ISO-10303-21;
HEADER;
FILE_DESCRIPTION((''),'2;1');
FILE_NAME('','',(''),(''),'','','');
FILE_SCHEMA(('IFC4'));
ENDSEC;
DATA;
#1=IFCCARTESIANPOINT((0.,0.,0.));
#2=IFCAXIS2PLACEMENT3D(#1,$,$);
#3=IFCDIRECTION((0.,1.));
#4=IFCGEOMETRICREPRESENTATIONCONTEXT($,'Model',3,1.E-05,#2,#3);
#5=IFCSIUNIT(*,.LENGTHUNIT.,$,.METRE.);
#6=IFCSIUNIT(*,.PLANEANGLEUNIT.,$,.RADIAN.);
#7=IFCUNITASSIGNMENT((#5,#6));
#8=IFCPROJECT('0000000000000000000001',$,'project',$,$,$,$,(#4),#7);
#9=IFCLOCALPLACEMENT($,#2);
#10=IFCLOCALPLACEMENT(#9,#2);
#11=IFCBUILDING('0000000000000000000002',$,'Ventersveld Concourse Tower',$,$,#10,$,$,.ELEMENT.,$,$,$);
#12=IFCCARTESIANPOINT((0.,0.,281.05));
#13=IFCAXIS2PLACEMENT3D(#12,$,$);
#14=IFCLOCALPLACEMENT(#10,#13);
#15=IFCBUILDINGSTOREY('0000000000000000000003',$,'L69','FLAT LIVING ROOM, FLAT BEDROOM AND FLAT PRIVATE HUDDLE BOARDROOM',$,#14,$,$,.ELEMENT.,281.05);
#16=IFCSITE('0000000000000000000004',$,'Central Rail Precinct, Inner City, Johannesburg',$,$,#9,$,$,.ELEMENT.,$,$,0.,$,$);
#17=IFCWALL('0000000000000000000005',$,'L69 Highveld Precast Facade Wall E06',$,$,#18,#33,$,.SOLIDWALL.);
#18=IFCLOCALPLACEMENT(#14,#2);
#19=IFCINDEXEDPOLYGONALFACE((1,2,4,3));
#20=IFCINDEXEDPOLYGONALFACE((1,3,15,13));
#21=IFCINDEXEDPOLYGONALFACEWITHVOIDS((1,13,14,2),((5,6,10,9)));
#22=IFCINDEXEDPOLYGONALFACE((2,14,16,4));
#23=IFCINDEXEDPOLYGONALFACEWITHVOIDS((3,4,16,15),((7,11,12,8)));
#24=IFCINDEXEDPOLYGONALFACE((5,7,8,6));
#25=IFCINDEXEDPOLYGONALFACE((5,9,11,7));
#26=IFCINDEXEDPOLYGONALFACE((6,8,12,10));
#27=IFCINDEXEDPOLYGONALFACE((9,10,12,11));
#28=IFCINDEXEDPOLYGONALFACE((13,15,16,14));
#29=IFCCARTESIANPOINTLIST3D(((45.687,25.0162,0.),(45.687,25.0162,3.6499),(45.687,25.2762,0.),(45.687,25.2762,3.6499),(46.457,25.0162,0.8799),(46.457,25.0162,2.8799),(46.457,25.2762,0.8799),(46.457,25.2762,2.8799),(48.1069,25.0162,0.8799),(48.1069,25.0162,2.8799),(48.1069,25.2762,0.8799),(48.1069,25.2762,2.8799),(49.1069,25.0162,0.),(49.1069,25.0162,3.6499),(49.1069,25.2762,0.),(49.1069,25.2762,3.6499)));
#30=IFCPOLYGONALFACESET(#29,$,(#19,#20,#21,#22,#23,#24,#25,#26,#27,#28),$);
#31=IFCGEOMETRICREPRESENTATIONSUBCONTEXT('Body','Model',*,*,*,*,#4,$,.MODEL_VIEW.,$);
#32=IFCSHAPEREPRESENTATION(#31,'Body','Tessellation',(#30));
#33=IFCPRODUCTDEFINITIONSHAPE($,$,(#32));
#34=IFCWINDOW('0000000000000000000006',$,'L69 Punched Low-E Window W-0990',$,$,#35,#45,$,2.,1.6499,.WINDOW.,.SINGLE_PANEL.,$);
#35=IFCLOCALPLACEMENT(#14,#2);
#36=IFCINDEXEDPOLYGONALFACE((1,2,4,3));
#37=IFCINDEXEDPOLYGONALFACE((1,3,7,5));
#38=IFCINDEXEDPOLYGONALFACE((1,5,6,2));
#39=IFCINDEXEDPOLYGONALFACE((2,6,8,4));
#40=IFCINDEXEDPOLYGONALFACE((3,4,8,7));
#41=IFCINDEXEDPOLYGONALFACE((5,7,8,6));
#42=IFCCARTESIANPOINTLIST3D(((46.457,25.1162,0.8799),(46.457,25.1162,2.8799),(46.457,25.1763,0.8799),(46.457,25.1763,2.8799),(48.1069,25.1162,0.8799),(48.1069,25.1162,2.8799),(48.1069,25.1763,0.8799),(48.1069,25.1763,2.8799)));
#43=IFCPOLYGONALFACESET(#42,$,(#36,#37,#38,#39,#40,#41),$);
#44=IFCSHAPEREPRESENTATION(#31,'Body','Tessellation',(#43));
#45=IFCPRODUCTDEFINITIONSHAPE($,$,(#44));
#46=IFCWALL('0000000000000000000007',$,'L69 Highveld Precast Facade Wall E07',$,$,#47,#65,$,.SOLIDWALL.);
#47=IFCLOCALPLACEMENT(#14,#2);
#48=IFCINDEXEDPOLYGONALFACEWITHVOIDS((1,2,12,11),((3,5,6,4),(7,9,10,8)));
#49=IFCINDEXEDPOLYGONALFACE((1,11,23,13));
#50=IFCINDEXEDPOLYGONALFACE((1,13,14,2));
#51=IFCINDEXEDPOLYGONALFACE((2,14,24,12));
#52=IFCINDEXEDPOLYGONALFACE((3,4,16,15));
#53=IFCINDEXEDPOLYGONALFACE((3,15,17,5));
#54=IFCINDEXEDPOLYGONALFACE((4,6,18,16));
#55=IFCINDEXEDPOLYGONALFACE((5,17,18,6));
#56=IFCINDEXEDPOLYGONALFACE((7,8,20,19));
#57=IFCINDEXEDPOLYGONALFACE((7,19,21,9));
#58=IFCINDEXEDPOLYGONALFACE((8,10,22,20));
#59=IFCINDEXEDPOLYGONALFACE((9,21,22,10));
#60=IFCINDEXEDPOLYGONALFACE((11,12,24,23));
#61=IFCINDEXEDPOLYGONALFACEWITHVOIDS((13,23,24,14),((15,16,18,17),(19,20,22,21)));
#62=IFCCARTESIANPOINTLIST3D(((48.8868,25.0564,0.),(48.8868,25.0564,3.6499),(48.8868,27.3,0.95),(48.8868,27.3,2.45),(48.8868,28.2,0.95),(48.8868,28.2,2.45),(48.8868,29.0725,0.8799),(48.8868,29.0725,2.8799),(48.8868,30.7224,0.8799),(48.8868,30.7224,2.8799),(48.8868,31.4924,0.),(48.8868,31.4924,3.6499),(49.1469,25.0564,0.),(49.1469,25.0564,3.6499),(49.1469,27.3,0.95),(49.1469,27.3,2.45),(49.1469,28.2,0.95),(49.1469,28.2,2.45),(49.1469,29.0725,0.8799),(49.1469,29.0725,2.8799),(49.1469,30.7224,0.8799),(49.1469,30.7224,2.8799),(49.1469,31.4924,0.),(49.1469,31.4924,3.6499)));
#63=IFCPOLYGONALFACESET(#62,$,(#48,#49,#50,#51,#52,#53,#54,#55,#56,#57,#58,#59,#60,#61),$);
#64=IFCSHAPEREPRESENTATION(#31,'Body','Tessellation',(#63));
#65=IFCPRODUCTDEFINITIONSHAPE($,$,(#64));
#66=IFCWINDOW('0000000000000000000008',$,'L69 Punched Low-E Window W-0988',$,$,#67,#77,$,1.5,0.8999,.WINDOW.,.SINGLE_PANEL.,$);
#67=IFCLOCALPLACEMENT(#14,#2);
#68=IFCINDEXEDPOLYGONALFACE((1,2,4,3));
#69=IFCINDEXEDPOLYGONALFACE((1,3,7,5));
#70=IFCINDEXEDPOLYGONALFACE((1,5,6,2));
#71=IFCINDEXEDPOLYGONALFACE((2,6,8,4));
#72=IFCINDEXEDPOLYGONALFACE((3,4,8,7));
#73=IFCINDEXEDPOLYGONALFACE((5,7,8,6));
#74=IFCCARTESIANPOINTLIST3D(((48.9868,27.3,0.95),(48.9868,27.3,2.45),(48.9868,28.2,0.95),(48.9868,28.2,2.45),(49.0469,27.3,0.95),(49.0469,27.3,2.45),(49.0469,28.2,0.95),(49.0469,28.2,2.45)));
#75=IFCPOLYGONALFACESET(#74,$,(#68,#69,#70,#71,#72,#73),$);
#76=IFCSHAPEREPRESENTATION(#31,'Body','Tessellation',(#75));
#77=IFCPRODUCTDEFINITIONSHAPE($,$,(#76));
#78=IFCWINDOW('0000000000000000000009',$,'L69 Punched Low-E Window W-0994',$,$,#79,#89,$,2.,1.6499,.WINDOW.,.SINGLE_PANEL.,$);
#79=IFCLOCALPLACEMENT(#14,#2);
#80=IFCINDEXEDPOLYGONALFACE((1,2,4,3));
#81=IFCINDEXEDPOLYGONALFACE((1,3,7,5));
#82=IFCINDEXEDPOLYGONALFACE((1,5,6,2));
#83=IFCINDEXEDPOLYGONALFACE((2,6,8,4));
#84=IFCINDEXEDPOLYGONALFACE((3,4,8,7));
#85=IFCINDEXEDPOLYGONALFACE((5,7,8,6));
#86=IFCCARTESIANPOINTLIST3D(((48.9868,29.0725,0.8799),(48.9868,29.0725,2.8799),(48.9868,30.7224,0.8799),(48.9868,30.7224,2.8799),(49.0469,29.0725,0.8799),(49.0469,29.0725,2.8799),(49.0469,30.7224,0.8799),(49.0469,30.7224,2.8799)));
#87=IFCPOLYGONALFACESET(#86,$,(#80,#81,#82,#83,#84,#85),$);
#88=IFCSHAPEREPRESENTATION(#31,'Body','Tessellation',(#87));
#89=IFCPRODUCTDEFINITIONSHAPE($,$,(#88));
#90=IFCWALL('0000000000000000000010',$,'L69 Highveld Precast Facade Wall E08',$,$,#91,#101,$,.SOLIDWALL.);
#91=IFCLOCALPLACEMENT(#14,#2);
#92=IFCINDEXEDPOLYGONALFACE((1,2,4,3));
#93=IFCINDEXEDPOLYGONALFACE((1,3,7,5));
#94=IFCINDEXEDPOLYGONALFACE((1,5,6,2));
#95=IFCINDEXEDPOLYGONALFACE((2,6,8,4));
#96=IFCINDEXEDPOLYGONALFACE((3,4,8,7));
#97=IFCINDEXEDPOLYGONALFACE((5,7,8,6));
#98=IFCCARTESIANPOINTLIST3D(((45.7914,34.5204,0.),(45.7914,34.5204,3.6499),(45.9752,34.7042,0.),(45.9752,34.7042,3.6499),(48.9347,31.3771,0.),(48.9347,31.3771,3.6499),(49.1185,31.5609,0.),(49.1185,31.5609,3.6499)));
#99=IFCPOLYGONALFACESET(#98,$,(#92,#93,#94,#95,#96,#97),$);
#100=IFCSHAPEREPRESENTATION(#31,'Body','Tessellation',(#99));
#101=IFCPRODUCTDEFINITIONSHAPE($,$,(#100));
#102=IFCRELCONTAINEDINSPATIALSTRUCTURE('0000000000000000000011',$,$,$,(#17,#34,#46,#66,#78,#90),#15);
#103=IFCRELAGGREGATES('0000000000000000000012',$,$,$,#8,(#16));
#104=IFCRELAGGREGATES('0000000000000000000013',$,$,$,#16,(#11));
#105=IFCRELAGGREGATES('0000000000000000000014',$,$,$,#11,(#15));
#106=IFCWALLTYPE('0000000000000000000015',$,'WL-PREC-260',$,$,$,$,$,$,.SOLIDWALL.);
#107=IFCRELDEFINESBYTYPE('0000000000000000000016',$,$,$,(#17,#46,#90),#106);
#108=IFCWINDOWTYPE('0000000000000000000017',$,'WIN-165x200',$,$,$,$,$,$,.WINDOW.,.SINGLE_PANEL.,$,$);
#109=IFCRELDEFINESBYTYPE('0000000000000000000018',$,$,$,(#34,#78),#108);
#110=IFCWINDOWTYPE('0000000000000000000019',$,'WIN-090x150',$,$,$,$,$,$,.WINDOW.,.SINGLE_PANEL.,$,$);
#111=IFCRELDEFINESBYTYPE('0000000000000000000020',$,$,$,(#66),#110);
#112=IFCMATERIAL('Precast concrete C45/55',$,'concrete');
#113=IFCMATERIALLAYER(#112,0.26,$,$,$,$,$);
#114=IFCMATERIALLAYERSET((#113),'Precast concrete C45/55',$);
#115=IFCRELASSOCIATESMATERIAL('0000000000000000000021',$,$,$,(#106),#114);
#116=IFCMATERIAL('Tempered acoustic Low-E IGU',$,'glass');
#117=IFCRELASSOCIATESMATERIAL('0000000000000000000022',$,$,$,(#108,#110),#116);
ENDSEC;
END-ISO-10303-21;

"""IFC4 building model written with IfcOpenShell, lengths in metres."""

from ifc_helpers import new_model, si_unit, direction, frame, frame_2d, origin, place, context, subcontext, project, spatial, rectangle, extrude, material, layer, layer_set, type_object, element, fill, save


model = new_model("IFC4")

# Units and contexts
model_context = context("Model", 3, precision=1e-05, world=origin(), true_north=direction((0.0, 1.0)))
body_context = subcontext(model_context, "Body", "Model", "MODEL_VIEW")
ifc_project = project(units=[si_unit("LENGTHUNIT", "METRE"), si_unit("PLANEANGLEUNIT", "RADIAN")], contexts=[model_context])

# Site, building, storey
site_placement = place(None, origin())
site = spatial("IfcSite", under=ifc_project, at=site_placement, Name="Central Rail Precinct, Inner City, Johannesburg", CompositionType="ELEMENT", RefElevation=0.0)
building_placement = place(site_placement, origin())
building = spatial("IfcBuilding", under=site, at=building_placement, Name="Ventersveld Concourse Tower", CompositionType="ELEMENT")
storey_placement = place(building_placement, frame((0.0, 0.0, 281.05)))
storey = spatial("IfcBuildingStorey", under=building, at=storey_placement, Name="L69", Description="FLAT LIVING ROOM, FLAT BEDROOM AND FLAT PRIVATE HUDDLE BOARDROOM", CompositionType="ELEMENT", Elevation=281.05)

# Wall, opening, window
ifc_material_1 = material(Name="Precast concrete C45/55", Category="concrete")
ifc_layer_1 = layer(ifc_material_1, 0.26)
ifc_layer_set_1 = layer_set([ifc_layer_1], Name="Precast concrete C45/55")
wall_type_1 = type_object("IfcWallType", Name="WL-PREC-260", PredefinedType="SOLIDWALL", material=ifc_layer_set_1)
wall_1_placement = place(storey_placement, frame((45.687, 25.1462, 0.0), z_axis=(0.0, 0.0, 1.0), x_axis=(1.0, 0.0, 0.0)))
wall_1 = element("IfcWall", 1, at=wall_1_placement, inside=storey, type_object=wall_type_1, Name="L69 Highveld Precast Facade Wall E06", PredefinedType="SOLIDWALL", context=body_context, shape_type="SweptSolid", body=[
    extrude(rectangle(XDim=3.4199, YDim=0.26, at=frame_2d((1.71, 0.0))), origin(), (0.0, 0.0, 1.0), 3.6499),
])
opening_1_placement = place(wall_1_placement, frame((0.77, 0.0, 0.8799)))
opening_1 = element("IfcOpeningElement", 2, at=opening_1_placement, cuts=wall_1, PredefinedType="OPENING", context=body_context, shape_type="SweptSolid", body=[
    extrude(rectangle(XDim=1.6499, YDim=2.0, at=frame_2d((0.825, 1.0))), frame((0.0, 0.1401, 0.0), z_axis=(0.0, -1.0, 0.0), x_axis=(1.0, 0.0, 0.0)), (0.0, 0.0, 1.0), 0.28),
])
ifc_material_2 = material(Name="Tempered acoustic Low-E IGU", Category="glass")
window_type_1 = type_object("IfcWindowType", Name="WIN-165x200", PartitioningType="SINGLE_PANEL", PredefinedType="WINDOW", material=ifc_material_2)
window_1_placement = place(opening_1_placement, origin())
window_1 = element("IfcWindow", 3, at=window_1_placement, inside=storey, type_object=window_type_1, Name="L69 Punched Low-E Window W-0990", OverallHeight=2.0, OverallWidth=1.6499, PartitioningType="SINGLE_PANEL", PredefinedType="WINDOW", context=body_context, shape_type="SweptSolid", body=[
    extrude(rectangle(XDim=1.6499, YDim=2.0, at=frame_2d((0.825, 1.0))), frame((0.0, 0.03, 0.0), z_axis=(0.0, -1.0, 0.0), x_axis=(1.0, 0.0, 0.0)), (0.0, 0.0, 1.0), 0.0601),
])
fill(opening_1, window_1)

# Wall, openings, windows
wall_2_placement = place(storey_placement, frame((49.0168, 25.0564, 0.0), z_axis=(0.0, 0.0, 1.0), x_axis=(0.0, 1.0, 0.0)))
wall_2 = element("IfcWall", 4, at=wall_2_placement, inside=storey, type_object=wall_type_1, Name="L69 Highveld Precast Facade Wall E07", PredefinedType="SOLIDWALL", context=body_context, shape_type="SweptSolid", body=[
    extrude(rectangle(XDim=6.436, YDim=0.26, at=frame_2d((3.218, 0.0))), origin(), (0.0, 0.0, 1.0), 3.6499),
])
opening_2_placement = place(wall_2_placement, frame((2.2437, 0.0, 0.95)))
opening_2 = element("IfcOpeningElement", 5, at=opening_2_placement, cuts=wall_2, PredefinedType="OPENING", context=body_context, shape_type="SweptSolid", body=[
    extrude(rectangle(XDim=0.8999, YDim=1.5, at=frame_2d((0.45, 0.75))), frame((0.0, 0.1401, 0.0), z_axis=(0.0, -1.0, 0.0), x_axis=(1.0, 0.0, 0.0)), (0.0, 0.0, 1.0), 0.28),
])
opening_3_placement = place(wall_2_placement, frame((4.0161, 0.0, 0.8799)))
opening_3 = element("IfcOpeningElement", 6, at=opening_3_placement, cuts=wall_2, PredefinedType="OPENING", context=body_context, shape_type="SweptSolid", body=[
    extrude(rectangle(XDim=1.6499, YDim=2.0, at=frame_2d((0.825, 1.0))), frame((0.0, 0.1401, 0.0), z_axis=(0.0, -1.0, 0.0), x_axis=(1.0, 0.0, 0.0)), (0.0, 0.0, 1.0), 0.28),
])
window_type_2 = type_object("IfcWindowType", Name="WIN-090x150", PartitioningType="SINGLE_PANEL", PredefinedType="WINDOW", material=ifc_material_2)
window_2_placement = place(opening_2_placement, origin())
window_2 = element("IfcWindow", 7, at=window_2_placement, inside=storey, type_object=window_type_2, Name="L69 Punched Low-E Window W-0988", OverallHeight=1.5, OverallWidth=0.8999, PartitioningType="SINGLE_PANEL", PredefinedType="WINDOW", context=body_context, shape_type="SweptSolid", body=[
    extrude(rectangle(XDim=0.8999, YDim=1.5, at=frame_2d((0.45, 0.75))), frame((0.0, 0.03, 0.0), z_axis=(0.0, -1.0, 0.0), x_axis=(1.0, 0.0, 0.0)), (0.0, 0.0, 1.0), 0.0601),
])
fill(opening_2, window_2)
window_3_placement = place(opening_3_placement, origin())
window_3 = element("IfcWindow", 8, at=window_3_placement, inside=storey, type_object=window_type_1, Name="L69 Punched Low-E Window W-0994", OverallHeight=2.0, OverallWidth=1.6499, PartitioningType="SINGLE_PANEL", PredefinedType="WINDOW", context=body_context, shape_type="SweptSolid", body=[
    extrude(rectangle(XDim=1.6499, YDim=2.0, at=frame_2d((0.825, 1.0))), frame((0.0, 0.03, 0.0), z_axis=(0.0, -1.0, 0.0), x_axis=(1.0, 0.0, 0.0)), (0.0, 0.0, 1.0), 0.0601),
])
fill(opening_3, window_3)

# Wall
wall_3_placement = place(storey_placement, frame((49.0266, 31.469, 0.0), z_axis=(0.0, 0.0, 1.0), x_axis=(-0.707107, 0.707107, 0.0)))
element("IfcWall", 9, at=wall_3_placement, inside=storey, type_object=wall_type_1, Name="L69 Highveld Precast Facade Wall E08", PredefinedType="SOLIDWALL", context=body_context, shape_type="SweptSolid", body=[
    extrude(rectangle(XDim=4.4453, YDim=0.26, at=frame_2d((2.2227, 0.0))), origin(), (0.0, 0.0, 1.0), 3.6499),
])

save(model, "model.ifc")
